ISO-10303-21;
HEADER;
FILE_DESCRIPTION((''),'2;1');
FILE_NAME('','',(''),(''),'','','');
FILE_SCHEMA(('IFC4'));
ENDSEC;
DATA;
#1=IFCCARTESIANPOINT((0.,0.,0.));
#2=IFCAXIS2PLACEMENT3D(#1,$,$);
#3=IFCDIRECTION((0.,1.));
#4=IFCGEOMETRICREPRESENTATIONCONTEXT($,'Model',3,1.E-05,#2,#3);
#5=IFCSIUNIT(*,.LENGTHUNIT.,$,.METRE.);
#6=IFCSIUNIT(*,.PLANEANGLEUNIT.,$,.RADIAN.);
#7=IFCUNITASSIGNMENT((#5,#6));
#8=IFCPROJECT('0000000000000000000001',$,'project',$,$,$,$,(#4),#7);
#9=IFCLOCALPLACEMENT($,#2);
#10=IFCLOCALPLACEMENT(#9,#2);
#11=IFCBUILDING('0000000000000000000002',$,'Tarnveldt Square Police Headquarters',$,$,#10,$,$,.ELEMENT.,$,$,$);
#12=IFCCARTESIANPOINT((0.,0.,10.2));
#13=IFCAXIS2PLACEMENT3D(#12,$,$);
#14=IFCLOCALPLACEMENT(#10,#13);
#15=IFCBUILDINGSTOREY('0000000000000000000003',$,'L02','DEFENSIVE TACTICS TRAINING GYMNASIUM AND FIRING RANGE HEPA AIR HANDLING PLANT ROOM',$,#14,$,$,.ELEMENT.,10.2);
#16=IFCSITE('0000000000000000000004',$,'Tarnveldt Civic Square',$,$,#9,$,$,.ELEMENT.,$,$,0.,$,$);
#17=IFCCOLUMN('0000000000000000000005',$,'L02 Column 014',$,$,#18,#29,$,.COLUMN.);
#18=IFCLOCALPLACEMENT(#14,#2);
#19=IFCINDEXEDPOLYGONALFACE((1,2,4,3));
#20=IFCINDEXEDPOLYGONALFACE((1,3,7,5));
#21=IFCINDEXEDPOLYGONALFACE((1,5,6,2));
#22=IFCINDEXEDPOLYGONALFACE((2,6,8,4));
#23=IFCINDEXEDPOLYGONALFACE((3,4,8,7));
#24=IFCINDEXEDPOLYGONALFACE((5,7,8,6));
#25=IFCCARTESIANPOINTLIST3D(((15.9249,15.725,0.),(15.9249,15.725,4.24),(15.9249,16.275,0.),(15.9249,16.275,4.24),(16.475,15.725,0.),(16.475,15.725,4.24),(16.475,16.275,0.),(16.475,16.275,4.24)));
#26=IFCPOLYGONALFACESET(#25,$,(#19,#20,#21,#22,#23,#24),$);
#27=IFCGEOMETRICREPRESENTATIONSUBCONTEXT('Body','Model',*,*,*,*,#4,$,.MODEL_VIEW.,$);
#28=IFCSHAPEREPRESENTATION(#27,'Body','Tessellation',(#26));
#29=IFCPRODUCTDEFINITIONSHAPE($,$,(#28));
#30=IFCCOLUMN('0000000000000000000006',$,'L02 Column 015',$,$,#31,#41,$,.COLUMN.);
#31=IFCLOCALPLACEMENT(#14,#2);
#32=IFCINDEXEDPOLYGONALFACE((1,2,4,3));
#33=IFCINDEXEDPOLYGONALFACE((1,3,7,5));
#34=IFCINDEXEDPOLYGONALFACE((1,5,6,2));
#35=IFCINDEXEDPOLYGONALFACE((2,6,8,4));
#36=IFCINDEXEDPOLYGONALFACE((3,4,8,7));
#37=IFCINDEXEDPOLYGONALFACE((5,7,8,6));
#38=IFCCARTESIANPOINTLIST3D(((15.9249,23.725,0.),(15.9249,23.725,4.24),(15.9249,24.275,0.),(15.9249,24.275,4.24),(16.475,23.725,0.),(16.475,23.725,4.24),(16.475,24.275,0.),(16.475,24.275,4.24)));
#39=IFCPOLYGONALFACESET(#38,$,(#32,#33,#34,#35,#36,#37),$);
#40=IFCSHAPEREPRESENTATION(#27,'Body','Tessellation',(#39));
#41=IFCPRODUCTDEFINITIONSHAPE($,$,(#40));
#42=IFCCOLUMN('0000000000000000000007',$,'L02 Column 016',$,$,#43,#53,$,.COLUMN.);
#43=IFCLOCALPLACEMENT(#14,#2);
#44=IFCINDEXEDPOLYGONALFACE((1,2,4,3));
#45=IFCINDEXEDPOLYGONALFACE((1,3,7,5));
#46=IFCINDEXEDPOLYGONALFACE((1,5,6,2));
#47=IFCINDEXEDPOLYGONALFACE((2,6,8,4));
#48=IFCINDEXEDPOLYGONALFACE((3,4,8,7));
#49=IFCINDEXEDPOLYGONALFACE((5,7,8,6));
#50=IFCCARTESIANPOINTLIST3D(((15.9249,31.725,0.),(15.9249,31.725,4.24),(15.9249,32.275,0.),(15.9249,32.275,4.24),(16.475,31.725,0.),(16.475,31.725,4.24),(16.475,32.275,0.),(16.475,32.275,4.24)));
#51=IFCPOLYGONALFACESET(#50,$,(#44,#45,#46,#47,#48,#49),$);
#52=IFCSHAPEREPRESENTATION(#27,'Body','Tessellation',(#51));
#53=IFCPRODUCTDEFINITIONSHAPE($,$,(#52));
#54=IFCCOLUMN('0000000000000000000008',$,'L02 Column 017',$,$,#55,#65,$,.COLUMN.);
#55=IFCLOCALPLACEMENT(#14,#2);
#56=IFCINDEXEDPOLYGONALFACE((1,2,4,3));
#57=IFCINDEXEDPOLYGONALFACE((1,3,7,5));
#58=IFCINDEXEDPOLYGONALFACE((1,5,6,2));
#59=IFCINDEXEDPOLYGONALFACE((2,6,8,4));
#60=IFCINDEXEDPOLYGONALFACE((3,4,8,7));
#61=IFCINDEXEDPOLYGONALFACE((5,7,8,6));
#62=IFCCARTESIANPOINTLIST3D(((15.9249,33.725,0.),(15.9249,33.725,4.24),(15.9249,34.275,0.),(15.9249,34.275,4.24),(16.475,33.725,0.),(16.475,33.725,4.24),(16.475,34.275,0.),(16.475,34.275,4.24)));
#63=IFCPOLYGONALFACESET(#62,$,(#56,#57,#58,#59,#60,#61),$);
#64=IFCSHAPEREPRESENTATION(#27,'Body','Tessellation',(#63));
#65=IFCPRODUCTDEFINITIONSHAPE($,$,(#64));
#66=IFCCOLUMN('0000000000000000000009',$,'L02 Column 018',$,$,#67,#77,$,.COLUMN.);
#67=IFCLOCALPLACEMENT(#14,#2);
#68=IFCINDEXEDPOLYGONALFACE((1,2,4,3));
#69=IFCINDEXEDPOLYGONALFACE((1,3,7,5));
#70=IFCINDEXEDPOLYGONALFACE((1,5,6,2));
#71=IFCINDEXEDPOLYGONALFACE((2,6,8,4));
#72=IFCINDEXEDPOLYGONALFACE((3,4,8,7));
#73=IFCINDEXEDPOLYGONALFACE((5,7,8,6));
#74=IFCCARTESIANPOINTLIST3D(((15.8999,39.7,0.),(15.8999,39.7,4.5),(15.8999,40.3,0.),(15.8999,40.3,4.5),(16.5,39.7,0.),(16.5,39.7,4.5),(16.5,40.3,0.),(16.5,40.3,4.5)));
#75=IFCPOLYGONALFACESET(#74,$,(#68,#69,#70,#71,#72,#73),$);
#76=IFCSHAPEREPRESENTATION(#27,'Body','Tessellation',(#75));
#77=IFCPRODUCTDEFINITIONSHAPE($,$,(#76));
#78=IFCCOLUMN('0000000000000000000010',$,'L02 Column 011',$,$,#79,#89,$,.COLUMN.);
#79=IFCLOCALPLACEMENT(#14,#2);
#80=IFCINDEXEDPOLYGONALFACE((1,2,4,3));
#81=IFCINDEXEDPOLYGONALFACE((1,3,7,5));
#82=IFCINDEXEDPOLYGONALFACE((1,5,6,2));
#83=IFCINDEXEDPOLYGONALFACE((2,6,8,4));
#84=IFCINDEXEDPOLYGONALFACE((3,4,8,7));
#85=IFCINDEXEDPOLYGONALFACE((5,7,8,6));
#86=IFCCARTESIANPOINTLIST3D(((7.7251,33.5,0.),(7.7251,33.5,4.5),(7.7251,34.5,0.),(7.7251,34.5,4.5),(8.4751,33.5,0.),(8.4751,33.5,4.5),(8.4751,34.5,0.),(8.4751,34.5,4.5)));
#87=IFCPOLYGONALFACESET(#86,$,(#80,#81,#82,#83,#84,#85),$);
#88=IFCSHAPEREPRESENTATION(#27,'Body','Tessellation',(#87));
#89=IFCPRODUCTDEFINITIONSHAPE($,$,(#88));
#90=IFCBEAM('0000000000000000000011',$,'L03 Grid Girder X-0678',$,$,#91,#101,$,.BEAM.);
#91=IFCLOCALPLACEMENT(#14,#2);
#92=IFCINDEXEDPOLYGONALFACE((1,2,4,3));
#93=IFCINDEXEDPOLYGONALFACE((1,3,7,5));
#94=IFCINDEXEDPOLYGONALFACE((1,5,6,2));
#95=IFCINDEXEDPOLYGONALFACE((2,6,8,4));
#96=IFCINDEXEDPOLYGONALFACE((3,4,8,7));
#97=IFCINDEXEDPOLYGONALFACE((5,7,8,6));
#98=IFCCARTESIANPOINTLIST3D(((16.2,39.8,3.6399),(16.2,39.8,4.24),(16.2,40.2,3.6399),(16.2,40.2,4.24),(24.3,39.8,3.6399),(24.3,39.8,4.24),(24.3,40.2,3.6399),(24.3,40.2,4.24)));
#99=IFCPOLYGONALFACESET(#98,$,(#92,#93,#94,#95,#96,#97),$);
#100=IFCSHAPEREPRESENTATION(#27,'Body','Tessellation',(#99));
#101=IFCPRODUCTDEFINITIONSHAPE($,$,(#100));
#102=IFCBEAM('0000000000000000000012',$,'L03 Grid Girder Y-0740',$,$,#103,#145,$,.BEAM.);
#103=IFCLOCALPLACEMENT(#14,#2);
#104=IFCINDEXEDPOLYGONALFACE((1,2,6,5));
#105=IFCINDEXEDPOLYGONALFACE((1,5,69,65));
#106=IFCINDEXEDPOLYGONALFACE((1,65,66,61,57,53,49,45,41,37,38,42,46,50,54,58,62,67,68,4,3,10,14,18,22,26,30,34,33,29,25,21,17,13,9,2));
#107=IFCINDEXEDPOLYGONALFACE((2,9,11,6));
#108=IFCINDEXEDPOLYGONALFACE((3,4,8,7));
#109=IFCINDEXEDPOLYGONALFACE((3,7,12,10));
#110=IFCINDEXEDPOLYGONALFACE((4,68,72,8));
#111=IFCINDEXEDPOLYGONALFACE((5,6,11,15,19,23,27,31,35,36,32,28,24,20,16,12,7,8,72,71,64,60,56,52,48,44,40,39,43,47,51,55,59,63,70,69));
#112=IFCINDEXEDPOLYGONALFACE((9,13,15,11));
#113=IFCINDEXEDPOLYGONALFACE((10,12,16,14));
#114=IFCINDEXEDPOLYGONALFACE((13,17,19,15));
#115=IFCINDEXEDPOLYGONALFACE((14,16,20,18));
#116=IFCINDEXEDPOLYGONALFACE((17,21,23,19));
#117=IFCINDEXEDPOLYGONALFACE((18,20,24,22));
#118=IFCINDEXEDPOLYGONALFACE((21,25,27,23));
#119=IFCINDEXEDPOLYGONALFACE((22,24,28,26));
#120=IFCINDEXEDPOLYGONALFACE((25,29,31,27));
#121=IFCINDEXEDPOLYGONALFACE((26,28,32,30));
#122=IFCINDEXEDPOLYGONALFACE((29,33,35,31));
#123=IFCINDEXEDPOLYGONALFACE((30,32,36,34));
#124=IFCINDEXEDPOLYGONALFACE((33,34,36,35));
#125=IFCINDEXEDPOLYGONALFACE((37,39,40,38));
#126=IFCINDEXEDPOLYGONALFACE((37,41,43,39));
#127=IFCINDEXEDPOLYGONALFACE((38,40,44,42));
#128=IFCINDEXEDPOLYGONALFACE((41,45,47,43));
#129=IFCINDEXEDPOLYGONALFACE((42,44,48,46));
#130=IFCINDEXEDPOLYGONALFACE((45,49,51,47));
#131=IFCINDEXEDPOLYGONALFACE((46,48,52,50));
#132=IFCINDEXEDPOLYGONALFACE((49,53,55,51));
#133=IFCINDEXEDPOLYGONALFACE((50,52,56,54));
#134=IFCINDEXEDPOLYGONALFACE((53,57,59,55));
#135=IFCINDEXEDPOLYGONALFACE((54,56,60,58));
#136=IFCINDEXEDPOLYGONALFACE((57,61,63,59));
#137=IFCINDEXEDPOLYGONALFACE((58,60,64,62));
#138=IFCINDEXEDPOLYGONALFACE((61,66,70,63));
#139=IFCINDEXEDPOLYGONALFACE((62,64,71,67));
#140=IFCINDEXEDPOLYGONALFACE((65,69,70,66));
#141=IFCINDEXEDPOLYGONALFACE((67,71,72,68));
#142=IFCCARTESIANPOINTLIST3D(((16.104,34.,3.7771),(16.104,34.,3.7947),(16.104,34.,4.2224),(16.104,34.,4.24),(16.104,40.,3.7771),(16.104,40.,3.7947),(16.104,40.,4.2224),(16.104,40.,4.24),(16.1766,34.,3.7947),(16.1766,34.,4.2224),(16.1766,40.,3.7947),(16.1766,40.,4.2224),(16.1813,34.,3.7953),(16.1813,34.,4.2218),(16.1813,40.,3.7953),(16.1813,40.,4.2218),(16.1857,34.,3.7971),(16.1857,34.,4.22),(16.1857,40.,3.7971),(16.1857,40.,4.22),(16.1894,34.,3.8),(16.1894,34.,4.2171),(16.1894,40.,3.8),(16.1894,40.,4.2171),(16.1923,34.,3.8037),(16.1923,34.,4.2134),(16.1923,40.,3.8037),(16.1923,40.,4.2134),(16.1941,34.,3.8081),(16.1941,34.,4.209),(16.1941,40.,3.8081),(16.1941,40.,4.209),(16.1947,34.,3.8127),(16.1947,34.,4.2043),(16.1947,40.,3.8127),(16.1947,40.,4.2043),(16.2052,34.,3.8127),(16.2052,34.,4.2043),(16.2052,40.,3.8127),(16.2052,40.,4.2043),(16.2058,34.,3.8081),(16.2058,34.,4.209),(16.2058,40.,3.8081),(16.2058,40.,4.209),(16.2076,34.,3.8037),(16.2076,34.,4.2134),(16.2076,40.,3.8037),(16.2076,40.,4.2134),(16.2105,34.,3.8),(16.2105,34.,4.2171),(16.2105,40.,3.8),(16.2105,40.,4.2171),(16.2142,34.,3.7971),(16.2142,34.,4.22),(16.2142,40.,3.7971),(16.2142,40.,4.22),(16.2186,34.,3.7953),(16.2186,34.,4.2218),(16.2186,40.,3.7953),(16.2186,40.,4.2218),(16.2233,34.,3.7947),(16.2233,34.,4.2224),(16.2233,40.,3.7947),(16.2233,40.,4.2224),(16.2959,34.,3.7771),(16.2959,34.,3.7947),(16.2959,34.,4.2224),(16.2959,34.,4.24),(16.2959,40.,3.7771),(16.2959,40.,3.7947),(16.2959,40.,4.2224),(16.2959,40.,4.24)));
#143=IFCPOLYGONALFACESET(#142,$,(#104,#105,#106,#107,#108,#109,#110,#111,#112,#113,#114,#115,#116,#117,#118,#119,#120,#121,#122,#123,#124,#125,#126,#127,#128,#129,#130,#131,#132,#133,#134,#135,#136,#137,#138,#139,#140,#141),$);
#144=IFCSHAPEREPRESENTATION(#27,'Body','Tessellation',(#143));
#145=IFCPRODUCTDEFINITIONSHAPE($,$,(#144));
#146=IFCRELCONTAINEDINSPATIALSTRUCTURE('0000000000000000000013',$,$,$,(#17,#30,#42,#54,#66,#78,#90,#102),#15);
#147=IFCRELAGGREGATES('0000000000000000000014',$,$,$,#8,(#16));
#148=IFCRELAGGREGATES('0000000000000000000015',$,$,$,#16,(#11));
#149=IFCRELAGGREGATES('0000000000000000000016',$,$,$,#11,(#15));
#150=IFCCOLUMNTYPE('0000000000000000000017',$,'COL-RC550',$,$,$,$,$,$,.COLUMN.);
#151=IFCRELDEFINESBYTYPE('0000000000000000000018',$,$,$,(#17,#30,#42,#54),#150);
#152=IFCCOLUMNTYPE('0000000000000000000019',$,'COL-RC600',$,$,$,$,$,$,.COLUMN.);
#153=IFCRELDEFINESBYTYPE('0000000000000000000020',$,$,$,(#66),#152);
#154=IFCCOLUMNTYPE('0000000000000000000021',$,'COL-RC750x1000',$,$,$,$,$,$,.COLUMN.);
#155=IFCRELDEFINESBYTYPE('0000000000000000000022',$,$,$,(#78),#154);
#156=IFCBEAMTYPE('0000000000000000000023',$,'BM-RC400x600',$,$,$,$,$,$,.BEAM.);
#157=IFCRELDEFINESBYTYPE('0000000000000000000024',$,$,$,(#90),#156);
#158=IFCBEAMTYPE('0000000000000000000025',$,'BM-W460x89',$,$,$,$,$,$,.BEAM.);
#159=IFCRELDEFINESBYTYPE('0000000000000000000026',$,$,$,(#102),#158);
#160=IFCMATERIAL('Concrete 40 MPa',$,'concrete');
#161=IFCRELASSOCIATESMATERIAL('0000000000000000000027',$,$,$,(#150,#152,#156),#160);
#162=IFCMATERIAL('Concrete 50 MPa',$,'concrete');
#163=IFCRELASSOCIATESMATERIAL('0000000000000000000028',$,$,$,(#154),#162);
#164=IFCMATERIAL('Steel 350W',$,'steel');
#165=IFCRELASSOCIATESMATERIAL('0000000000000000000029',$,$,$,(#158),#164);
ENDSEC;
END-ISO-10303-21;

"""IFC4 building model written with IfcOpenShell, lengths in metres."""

from ifc_helpers import new_model, si_unit, direction, frame, origin, origin_2d, place, context, subcontext, project, spatial, rectangle, i_section, extrude, material, material_profile, profile_set, type_object, element, save


model = new_model("IFC4")

# Units and contexts
model_context = context("Model", 3, precision=1e-05, world=origin(), true_north=direction((0.0, 1.0)))
body_context = subcontext(model_context, "Body", "Model", "MODEL_VIEW")
ifc_project = project(units=[si_unit("LENGTHUNIT", "METRE"), si_unit("PLANEANGLEUNIT", "RADIAN")], contexts=[model_context])

# Site, building, storey
site_placement = place(None, origin())
site = spatial("IfcSite", under=ifc_project, at=site_placement, Name="Tarnveldt Civic Square", CompositionType="ELEMENT", RefElevation=0.0)
building_placement = place(site_placement, origin())
building = spatial("IfcBuilding", under=site, at=building_placement, Name="Tarnveldt Square Police Headquarters", CompositionType="ELEMENT")
storey_placement = place(building_placement, frame((0.0, 0.0, 10.2)))
storey = spatial("IfcBuildingStorey", under=building, at=storey_placement, Name="L02", Description="DEFENSIVE TACTICS TRAINING GYMNASIUM AND FIRING RANGE HEPA AIR HANDLING PLANT ROOM", CompositionType="ELEMENT", Elevation=10.2)

# Columns
ifc_material_1 = material(Name="Concrete 40 MPa", Category="concrete")
ifc_material_profile_1 = material_profile(ifc_material_1, rectangle(XDim=0.55, YDim=0.55, at=origin_2d()), Name="RC-C550x550")
ifc_profile_set_1 = profile_set([ifc_material_profile_1], Name="Concrete 40 MPa")
column_type_1 = type_object("IfcColumnType", Name="COL-RC550", PredefinedType="COLUMN", material=ifc_profile_set_1)
for number, where, z_axis, x_axis, name in (
    (1, (16.2, 16.0, 0.0), (0.0, 0.0, 1.0), (1.0, 0.0, 0.0), "L02 Column 014"),
    (2, (16.2, 24.0, 0.0), (0.0, 0.0, 1.0), (1.0, 0.0, 0.0), "L02 Column 015"),
    (3, (16.2, 32.0, 0.0), (0.0, 0.0, 1.0), (1.0, 0.0, 0.0), "L02 Column 016"),
    (4, (16.2, 34.0, 0.0), (0.0, 0.0, 1.0), (1.0, 0.0, 0.0), "L02 Column 017"),
):
    element("IfcColumn", number, at=place(storey_placement, frame(where, z_axis=z_axis, x_axis=x_axis)), inside=storey, type_object=column_type_1, Name=name, PredefinedType="COLUMN", context=body_context, shape_type="SweptSolid", body=[
        extrude(rectangle(XDim=0.55, YDim=0.55, at=origin_2d()), origin(), (0.0, 0.0, 1.0), 4.24),
    ])
ifc_material_profile_2 = material_profile(ifc_material_1, rectangle(XDim=0.6001, YDim=0.6001, at=origin_2d()), Name="RC-C600x600")
ifc_profile_set_2 = profile_set([ifc_material_profile_2], Name="Concrete 40 MPa")
column_type_2 = type_object("IfcColumnType", Name="COL-RC600", PredefinedType="COLUMN", material=ifc_profile_set_2)
column_1_placement = place(storey_placement, frame((16.2, 40.0, 0.0), z_axis=(0.0, 0.0, 1.0), x_axis=(1.0, 0.0, 0.0)))
element("IfcColumn", 5, at=column_1_placement, inside=storey, type_object=column_type_2, Name="L02 Column 018", PredefinedType="COLUMN", context=body_context, shape_type="SweptSolid", body=[
    extrude(rectangle(XDim=0.6001, YDim=0.6001, at=origin_2d()), origin(), (0.0, 0.0, 1.0), 4.5),
])
ifc_material_2 = material(Name="Concrete 50 MPa", Category="concrete")
ifc_material_profile_3 = material_profile(ifc_material_2, rectangle(XDim=0.75, YDim=1.0, at=origin_2d()), Name="RC-C750x1000")
ifc_profile_set_3 = profile_set([ifc_material_profile_3], Name="Concrete 50 MPa")
column_type_3 = type_object("IfcColumnType", Name="COL-RC750x1000", PredefinedType="COLUMN", material=ifc_profile_set_3)
column_2_placement = place(storey_placement, frame((8.1001, 34.0, 0.0), z_axis=(0.0, 0.0, 1.0), x_axis=(1.0, 0.0, 0.0)))
element("IfcColumn", 6, at=column_2_placement, inside=storey, type_object=column_type_3, Name="L02 Column 011", PredefinedType="COLUMN", context=body_context, shape_type="SweptSolid", body=[
    extrude(rectangle(XDim=0.75, YDim=1.0, at=origin_2d()), origin(), (0.0, 0.0, 1.0), 4.5),
])

# Beams
ifc_material_profile_4 = material_profile(ifc_material_1, rectangle(XDim=0.3999, YDim=0.6001, at=origin_2d()), Name="RC-B400x600")
ifc_profile_set_4 = profile_set([ifc_material_profile_4], Name="Concrete 40 MPa")
beam_type_1 = type_object("IfcBeamType", Name="BM-RC400x600", PredefinedType="BEAM", material=ifc_profile_set_4)
beam_1_placement = place(storey_placement, frame((16.2, 40.0, 3.9399), z_axis=(1.0, 0.0, 0.0), x_axis=(0.0, 1.0, 0.0)))
element("IfcBeam", 7, at=beam_1_placement, inside=storey, type_object=beam_type_1, Name="L03 Grid Girder X-0678", PredefinedType="BEAM", context=body_context, shape_type="SweptSolid", body=[
    extrude(rectangle(XDim=0.3999, YDim=0.6001, at=origin_2d()), origin(), (0.0, 0.0, 1.0), 8.1001),
])
ifc_material_3 = material(Name="Steel 350W", Category="steel")
ifc_material_profile_5 = material_profile(ifc_material_3, i_section(OverallWidth=0.1919, OverallDepth=0.4629, WebThickness=0.0105, FlangeThickness=0.0176, FilletRadius=0.0181, at=origin_2d()), Name="W460x89")
ifc_profile_set_5 = profile_set([ifc_material_profile_5], Name="Steel 350W")
beam_type_2 = type_object("IfcBeamType", Name="BM-W460x89", PredefinedType="BEAM", material=ifc_profile_set_5)
beam_2_placement = place(storey_placement, frame((16.2, 34.0, 4.0085), z_axis=(0.0, 1.0, 0.0), x_axis=(-1.0, 0.0, 0.0)))
element("IfcBeam", 8, at=beam_2_placement, inside=storey, type_object=beam_type_2, Name="L03 Grid Girder Y-0740", PredefinedType="BEAM", context=body_context, shape_type="SweptSolid", body=[
    extrude(i_section(OverallWidth=0.1919, OverallDepth=0.4629, WebThickness=0.0105, FlangeThickness=0.0176, FilletRadius=0.0181, at=origin_2d()), origin(), (0.0, 0.0, 1.0), 6.0),
])

save(model, "model.ifc")
